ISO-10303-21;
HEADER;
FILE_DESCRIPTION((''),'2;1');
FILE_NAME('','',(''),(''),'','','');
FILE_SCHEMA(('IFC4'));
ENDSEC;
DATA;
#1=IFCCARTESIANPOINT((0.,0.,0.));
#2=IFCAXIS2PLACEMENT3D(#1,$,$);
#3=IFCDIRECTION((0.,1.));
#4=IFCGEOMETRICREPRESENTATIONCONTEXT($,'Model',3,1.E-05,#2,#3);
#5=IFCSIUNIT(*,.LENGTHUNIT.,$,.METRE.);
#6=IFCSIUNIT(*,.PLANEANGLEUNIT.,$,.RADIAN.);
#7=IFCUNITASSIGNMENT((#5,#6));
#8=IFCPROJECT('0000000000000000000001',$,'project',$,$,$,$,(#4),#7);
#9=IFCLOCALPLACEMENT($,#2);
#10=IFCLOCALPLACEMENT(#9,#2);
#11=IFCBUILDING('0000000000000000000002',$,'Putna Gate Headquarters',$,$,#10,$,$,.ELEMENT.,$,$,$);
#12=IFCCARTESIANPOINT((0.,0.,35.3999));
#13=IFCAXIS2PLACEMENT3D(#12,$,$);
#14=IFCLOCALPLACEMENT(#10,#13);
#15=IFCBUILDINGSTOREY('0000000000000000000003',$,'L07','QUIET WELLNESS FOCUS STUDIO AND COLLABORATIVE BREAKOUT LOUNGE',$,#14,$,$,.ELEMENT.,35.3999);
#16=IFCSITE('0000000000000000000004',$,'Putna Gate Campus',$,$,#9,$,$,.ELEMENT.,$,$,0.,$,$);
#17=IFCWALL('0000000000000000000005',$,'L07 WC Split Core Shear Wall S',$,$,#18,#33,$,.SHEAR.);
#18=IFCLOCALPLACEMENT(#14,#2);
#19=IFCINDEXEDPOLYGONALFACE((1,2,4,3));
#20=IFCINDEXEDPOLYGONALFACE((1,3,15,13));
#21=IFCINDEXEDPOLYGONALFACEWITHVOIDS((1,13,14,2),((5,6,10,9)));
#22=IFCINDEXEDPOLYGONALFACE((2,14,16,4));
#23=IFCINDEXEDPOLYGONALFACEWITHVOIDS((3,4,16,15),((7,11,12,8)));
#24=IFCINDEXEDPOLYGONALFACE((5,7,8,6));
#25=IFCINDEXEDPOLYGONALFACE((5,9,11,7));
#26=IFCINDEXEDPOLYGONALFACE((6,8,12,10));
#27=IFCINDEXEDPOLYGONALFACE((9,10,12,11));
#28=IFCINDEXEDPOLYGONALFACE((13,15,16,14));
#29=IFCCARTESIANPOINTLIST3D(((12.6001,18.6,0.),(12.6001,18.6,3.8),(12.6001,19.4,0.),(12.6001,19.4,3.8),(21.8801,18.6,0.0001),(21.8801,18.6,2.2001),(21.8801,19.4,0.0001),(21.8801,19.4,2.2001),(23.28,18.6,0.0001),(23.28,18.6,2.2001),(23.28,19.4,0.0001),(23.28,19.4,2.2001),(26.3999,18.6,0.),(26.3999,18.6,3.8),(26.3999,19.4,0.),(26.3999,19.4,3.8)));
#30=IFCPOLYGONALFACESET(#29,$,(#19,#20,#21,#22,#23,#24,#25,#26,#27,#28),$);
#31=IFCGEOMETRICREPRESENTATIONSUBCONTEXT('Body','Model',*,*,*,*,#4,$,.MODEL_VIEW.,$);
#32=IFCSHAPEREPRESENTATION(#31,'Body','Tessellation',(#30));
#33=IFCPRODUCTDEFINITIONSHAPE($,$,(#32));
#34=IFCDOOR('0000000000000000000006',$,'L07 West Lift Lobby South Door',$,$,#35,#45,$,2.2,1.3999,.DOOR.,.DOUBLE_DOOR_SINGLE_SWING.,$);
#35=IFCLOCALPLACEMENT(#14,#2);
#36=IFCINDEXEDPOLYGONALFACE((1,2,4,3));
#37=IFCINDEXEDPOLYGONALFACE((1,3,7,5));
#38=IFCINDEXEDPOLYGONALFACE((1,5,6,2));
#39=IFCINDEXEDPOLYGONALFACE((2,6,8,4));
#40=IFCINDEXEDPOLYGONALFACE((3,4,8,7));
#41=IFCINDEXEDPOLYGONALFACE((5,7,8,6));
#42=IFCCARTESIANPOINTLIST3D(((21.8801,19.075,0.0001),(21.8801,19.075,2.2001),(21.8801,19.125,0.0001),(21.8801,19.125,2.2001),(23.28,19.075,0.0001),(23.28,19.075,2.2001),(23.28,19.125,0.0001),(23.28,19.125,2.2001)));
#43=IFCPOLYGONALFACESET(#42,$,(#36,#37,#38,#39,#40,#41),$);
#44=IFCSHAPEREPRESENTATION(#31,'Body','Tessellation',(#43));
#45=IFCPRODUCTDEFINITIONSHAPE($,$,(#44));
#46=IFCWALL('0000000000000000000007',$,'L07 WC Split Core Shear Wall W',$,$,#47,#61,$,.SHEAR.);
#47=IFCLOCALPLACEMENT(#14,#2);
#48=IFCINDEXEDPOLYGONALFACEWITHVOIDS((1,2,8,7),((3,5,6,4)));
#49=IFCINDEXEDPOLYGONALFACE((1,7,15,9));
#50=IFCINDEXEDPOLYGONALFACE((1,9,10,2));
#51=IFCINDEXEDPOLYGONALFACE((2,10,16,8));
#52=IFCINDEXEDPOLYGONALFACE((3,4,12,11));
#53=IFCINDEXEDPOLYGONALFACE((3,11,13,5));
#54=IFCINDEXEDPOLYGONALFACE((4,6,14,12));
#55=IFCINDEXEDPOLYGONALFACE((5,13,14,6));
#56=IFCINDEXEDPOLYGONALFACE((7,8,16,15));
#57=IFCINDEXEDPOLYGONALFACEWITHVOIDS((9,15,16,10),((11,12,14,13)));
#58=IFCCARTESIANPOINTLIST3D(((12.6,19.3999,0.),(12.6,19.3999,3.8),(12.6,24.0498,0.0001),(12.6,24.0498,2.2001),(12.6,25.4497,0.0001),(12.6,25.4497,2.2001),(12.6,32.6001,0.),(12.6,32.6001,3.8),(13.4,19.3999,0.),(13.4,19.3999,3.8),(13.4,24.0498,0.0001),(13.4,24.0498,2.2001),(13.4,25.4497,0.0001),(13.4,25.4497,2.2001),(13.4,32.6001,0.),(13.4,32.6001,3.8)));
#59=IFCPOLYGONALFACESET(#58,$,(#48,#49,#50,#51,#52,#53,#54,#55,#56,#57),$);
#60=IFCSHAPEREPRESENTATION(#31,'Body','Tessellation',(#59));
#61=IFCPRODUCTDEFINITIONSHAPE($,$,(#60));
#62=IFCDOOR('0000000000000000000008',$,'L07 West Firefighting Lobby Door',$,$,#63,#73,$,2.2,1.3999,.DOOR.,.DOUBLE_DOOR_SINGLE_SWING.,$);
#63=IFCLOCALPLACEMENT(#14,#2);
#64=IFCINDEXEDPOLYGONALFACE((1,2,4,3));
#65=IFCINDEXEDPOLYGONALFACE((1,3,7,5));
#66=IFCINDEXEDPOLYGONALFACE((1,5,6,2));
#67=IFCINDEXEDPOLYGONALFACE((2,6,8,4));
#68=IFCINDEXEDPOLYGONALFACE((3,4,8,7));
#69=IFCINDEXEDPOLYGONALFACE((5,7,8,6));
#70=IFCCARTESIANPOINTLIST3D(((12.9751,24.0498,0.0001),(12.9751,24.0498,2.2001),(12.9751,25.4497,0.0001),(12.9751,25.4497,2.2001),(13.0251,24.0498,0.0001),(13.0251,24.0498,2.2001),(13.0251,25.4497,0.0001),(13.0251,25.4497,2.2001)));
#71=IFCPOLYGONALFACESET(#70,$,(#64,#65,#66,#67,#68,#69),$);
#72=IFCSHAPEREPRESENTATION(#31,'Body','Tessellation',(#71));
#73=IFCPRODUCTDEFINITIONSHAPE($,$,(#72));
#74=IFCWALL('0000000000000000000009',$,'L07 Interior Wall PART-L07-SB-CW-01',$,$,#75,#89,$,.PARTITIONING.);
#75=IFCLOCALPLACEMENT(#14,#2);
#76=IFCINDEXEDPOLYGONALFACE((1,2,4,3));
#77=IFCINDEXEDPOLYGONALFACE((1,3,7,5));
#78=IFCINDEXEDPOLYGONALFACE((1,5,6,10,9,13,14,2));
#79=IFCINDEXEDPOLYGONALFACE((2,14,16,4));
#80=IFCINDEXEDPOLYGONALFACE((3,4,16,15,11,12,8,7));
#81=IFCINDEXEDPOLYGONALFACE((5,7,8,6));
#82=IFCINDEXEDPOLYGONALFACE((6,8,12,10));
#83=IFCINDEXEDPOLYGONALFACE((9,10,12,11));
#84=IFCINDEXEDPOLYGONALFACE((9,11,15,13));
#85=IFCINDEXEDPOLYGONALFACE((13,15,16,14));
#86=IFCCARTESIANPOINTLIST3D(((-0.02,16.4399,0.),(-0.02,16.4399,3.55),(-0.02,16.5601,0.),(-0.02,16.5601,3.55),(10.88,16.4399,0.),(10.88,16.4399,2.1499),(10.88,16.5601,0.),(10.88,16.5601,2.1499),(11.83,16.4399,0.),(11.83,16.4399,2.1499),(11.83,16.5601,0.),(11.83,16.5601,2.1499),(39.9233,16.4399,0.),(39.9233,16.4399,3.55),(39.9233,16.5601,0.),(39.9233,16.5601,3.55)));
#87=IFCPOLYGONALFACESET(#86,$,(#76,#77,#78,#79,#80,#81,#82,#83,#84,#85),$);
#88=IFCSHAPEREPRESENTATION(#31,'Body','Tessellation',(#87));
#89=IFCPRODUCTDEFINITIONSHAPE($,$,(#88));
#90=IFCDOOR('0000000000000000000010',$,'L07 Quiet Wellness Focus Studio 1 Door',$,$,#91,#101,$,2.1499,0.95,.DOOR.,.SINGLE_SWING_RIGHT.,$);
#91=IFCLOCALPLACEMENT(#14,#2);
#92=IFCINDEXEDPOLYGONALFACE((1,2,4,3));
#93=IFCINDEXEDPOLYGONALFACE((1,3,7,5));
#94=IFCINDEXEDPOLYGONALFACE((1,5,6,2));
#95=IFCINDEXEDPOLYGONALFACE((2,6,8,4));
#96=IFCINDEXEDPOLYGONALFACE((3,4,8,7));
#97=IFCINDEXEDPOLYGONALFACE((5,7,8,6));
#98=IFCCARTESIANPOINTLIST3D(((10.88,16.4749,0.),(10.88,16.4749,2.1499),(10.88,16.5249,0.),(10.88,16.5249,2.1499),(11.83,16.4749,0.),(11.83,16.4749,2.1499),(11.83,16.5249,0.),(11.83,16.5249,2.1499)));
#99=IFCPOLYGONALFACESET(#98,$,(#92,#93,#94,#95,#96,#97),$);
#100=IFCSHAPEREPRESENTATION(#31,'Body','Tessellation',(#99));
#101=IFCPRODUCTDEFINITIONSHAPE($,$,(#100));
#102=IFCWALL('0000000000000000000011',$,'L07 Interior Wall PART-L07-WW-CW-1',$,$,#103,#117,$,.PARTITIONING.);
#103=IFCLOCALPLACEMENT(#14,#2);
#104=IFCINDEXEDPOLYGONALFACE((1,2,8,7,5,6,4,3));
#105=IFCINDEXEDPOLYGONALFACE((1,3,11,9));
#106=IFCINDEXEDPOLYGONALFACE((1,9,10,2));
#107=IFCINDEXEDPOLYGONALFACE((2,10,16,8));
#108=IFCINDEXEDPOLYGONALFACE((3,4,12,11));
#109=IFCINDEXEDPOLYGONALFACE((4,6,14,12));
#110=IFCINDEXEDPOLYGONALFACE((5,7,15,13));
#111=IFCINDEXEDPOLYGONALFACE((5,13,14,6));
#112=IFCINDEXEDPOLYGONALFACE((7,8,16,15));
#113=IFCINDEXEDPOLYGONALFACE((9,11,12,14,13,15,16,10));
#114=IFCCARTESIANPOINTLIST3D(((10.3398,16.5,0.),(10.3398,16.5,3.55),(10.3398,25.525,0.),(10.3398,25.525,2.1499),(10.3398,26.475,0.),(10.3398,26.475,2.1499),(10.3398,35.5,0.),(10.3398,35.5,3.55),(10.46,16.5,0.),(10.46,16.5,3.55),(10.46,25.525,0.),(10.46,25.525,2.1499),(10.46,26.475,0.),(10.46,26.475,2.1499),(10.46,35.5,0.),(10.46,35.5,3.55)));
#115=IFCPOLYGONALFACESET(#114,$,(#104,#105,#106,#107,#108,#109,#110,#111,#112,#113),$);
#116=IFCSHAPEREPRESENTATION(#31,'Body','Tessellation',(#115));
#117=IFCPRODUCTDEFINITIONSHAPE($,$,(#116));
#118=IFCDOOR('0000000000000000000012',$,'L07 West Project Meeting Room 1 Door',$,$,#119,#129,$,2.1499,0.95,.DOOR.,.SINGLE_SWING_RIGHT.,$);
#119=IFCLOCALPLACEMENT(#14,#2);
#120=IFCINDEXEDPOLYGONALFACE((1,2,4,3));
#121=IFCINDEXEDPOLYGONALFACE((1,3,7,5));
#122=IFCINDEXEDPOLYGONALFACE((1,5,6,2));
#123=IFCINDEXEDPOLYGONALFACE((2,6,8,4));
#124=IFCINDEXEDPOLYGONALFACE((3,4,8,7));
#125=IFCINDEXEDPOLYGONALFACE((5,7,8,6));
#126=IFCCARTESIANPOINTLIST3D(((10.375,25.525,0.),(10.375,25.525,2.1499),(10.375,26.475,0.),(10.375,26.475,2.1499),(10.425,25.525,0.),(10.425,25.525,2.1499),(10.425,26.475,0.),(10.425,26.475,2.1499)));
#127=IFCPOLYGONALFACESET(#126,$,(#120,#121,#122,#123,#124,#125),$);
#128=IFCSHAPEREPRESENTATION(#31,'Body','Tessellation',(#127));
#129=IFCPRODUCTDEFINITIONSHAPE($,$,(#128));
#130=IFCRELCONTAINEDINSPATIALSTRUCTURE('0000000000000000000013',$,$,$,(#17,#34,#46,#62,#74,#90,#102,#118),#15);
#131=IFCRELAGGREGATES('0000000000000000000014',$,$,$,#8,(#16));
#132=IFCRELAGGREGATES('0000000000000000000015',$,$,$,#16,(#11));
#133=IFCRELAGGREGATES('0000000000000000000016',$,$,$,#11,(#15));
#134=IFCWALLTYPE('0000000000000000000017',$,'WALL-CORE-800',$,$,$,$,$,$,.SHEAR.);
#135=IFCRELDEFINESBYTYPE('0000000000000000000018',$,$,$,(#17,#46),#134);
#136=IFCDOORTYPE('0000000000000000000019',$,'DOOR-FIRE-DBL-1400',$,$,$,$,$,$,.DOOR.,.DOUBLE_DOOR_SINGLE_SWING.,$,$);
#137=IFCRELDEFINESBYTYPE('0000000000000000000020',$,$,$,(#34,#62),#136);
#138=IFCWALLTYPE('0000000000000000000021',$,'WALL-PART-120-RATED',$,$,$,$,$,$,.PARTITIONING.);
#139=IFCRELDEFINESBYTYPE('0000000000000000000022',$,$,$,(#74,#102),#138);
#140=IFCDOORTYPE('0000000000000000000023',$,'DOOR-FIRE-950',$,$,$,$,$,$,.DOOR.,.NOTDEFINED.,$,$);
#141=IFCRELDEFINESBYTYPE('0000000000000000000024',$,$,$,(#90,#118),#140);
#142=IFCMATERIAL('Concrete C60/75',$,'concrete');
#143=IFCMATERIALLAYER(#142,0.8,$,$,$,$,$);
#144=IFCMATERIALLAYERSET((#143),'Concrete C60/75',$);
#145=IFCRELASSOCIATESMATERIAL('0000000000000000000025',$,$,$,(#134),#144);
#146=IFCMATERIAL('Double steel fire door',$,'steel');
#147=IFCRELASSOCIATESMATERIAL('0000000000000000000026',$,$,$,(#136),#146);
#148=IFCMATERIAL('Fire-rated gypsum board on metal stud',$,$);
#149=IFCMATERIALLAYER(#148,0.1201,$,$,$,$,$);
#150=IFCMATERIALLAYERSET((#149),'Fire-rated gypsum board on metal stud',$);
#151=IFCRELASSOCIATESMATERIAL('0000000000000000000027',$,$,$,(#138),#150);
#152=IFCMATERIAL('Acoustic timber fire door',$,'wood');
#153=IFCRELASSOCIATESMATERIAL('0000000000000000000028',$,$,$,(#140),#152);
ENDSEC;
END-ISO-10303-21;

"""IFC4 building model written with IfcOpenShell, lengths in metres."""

from ifc_helpers import new_model, si_unit, direction, frame, frame_2d, origin, place, context, subcontext, project, spatial, rectangle, extrude, material, layer, layer_set, type_object, element, fill, save


model = new_model("IFC4")

# Units and contexts
model_context = context("Model", 3, precision=1e-05, world=origin(), true_north=direction((0.0, 1.0)))
body_context = subcontext(model_context, "Body", "Model", "MODEL_VIEW")
ifc_project = project(units=[si_unit("LENGTHUNIT", "METRE"), si_unit("PLANEANGLEUNIT", "RADIAN")], contexts=[model_context])

# Site, building, storey
site_placement = place(None, origin())
site = spatial("IfcSite", under=ifc_project, at=site_placement, Name="Putna Gate Campus", CompositionType="ELEMENT", RefElevation=0.0)
building_placement = place(site_placement, origin())
building = spatial("IfcBuilding", under=site, at=building_placement, Name="Putna Gate Headquarters", CompositionType="ELEMENT")
storey_placement = place(building_placement, frame((0.0, 0.0, 35.3999)))
storey = spatial("IfcBuildingStorey", under=building, at=storey_placement, Name="L07", Description="QUIET WELLNESS FOCUS STUDIO AND COLLABORATIVE BREAKOUT LOUNGE", CompositionType="ELEMENT", Elevation=35.3999)

# Shared definitions
ifc_material_1 = material(Name="Concrete C60/75", Category="concrete")

# Walls, openings, doors
ifc_layer_1 = layer(ifc_material_1, 0.8)
ifc_layer_set_1 = layer_set([ifc_layer_1], Name="Concrete C60/75")
wall_type_1 = type_object("IfcWallType", Name="WALL-CORE-800", PredefinedType="SHEAR", material=ifc_layer_set_1)
wall_1_placement = place(storey_placement, frame((12.6001, 19.0, 0.0), z_axis=(0.0, 0.0, 1.0), x_axis=(1.0, 0.0, 0.0)))
wall_1 = element("IfcWall", 1, at=wall_1_placement, inside=storey, type_object=wall_type_1, Name="L07 WC Split Core Shear Wall S", PredefinedType="SHEAR", context=body_context, shape_type="SweptSolid", body=[
    extrude(rectangle(XDim=13.7998, YDim=0.8, at=frame_2d((6.8999, 0.0))), origin(), (0.0, 0.0, 1.0), 3.8),
])
opening_1_placement = place(wall_1_placement, frame((9.28, 0.0, 0.0)))
opening_1 = element("IfcOpeningElement", 2, at=opening_1_placement, cuts=wall_1, PredefinedType="OPENING", context=body_context, shape_type="SweptSolid", body=[
    extrude(rectangle(XDim=1.3999, YDim=2.2, at=frame_2d((0.7, 1.1001))), frame((0.0, 0.4099, 0.0), z_axis=(0.0, -1.0, 0.0), x_axis=(1.0, 0.0, 0.0)), (0.0, 0.0, 1.0), 0.8201),
])
ifc_material_2 = material(Name="Double steel fire door", Category="steel")
door_type_1 = type_object("IfcDoorType", Name="DOOR-FIRE-DBL-1400", OperationType="DOUBLE_DOOR_SINGLE_SWING", PredefinedType="DOOR", material=ifc_material_2)
door_1_placement = place(opening_1_placement, origin())
door_1 = element("IfcDoor", 3, at=door_1_placement, inside=storey, type_object=door_type_1, Name="L07 West Lift Lobby South Door", OperationType="DOUBLE_DOOR_SINGLE_SWING", OverallHeight=2.2, OverallWidth=1.3999, PredefinedType="DOOR", context=body_context, shape_type="SweptSolid", body=[
    extrude(rectangle(XDim=1.3999, YDim=2.2, at=frame_2d((0.7, 1.1001))), frame((0.0, 0.125, 0.0), z_axis=(0.0, -1.0, 0.0), x_axis=(1.0, 0.0, 0.0)), (0.0, 0.0, 1.0), 0.05),
])
fill(opening_1, door_1)
wall_2_placement = place(storey_placement, frame((13.0, 19.3999, 0.0), z_axis=(0.0, 0.0, 1.0), x_axis=(0.0, 1.0, 0.0)))
wall_2 = element("IfcWall", 4, at=wall_2_placement, inside=storey, type_object=wall_type_1, Name="L07 WC Split Core Shear Wall W", PredefinedType="SHEAR", context=body_context, shape_type="SweptSolid", body=[
    extrude(rectangle(XDim=13.2002, YDim=0.8, at=frame_2d((6.6001, 0.0))), origin(), (0.0, 0.0, 1.0), 3.8),
])
opening_2_placement = place(wall_2_placement, frame((4.6499, 0.0, 0.0)))
opening_2 = element("IfcOpeningElement", 5, at=opening_2_placement, cuts=wall_2, PredefinedType="OPENING", context=body_context, shape_type="SweptSolid", body=[
    extrude(rectangle(XDim=1.3999, YDim=2.2, at=frame_2d((0.7, 1.1001))), frame((0.0, 0.4099, 0.0), z_axis=(0.0, -1.0, 0.0), x_axis=(1.0, 0.0, 0.0)), (0.0, 0.0, 1.0), 0.8201),
])
door_2_placement = place(opening_2_placement, origin())
door_2 = element("IfcDoor", 6, at=door_2_placement, inside=storey, type_object=door_type_1, Name="L07 West Firefighting Lobby Door", OperationType="DOUBLE_DOOR_SINGLE_SWING", OverallHeight=2.2, OverallWidth=1.3999, PredefinedType="DOOR", context=body_context, shape_type="SweptSolid", body=[
    extrude(rectangle(XDim=1.3999, YDim=2.2, at=frame_2d((0.7, 1.1001))), frame((0.0, 0.0249, 0.0), z_axis=(0.0, -1.0, 0.0), x_axis=(1.0, 0.0, 0.0)), (0.0, 0.0, 1.0), 0.05),
])
fill(opening_2, door_2)
ifc_material_3 = material(Name="Fire-rated gypsum board on metal stud")
ifc_layer_2 = layer(ifc_material_3, 0.1201)
ifc_layer_set_2 = layer_set([ifc_layer_2], Name="Fire-rated gypsum board on metal stud")
wall_type_2 = type_object("IfcWallType", Name="WALL-PART-120-RATED", PredefinedType="PARTITIONING", material=ifc_layer_set_2)
wall_3_placement = place(storey_placement, frame((-0.02, 16.5, 0.0), z_axis=(0.0, 0.0, 1.0), x_axis=(1.0, 0.0, 0.0)))
wall_3 = element("IfcWall", 7, at=wall_3_placement, inside=storey, type_object=wall_type_2, Name="L07 Interior Wall PART-L07-SB-CW-01", PredefinedType="PARTITIONING", context=body_context, shape_type="SweptSolid", body=[
    extrude(rectangle(XDim=39.9434, YDim=0.1201, at=frame_2d((19.9717, 0.0))), origin(), (0.0, 0.0, 1.0), 3.55),
])
opening_3_placement = place(wall_3_placement, frame((10.8999, 0.0, 0.0)))
opening_3 = element("IfcOpeningElement", 8, at=opening_3_placement, cuts=wall_3, PredefinedType="OPENING", context=body_context, shape_type="SweptSolid", body=[
    extrude(rectangle(XDim=0.95, YDim=2.1499, at=frame_2d((0.4751, 1.075))), frame((0.0, 0.0701, 0.0), z_axis=(0.0, -1.0, 0.0), x_axis=(1.0, 0.0, 0.0)), (0.0, 0.0, 1.0), 0.1401),
])
ifc_material_4 = material(Name="Acoustic timber fire door", Category="wood")
door_type_2 = type_object("IfcDoorType", Name="DOOR-FIRE-950", OperationType="NOTDEFINED", PredefinedType="DOOR", material=ifc_material_4)
door_3_placement = place(opening_3_placement, origin())
door_3 = element("IfcDoor", 9, at=door_3_placement, inside=storey, type_object=door_type_2, Name="L07 Quiet Wellness Focus Studio 1 Door", OperationType="SINGLE_SWING_RIGHT", OverallHeight=2.1499, OverallWidth=0.95, PredefinedType="DOOR", context=body_context, shape_type="SweptSolid", body=[
    extrude(rectangle(XDim=0.95, YDim=2.1499, at=frame_2d((0.4751, 1.075))), frame((0.0, 0.0249, 0.0), z_axis=(0.0, -1.0, 0.0), x_axis=(1.0, 0.0, 0.0)), (0.0, 0.0, 1.0), 0.05),
])
fill(opening_3, door_3)
wall_4_placement = place(storey_placement, frame((10.3999, 16.5, 0.0), z_axis=(0.0, 0.0, 1.0), x_axis=(0.0, 1.0, 0.0)))
wall_4 = element("IfcWall", 10, at=wall_4_placement, inside=storey, type_object=wall_type_2, Name="L07 Interior Wall PART-L07-WW-CW-1", PredefinedType="PARTITIONING", context=body_context, shape_type="SweptSolid", body=[
    extrude(rectangle(XDim=19.0, YDim=0.1201, at=frame_2d((9.5, 0.0))), origin(), (0.0, 0.0, 1.0), 3.55),
])
opening_4_placement = place(wall_4_placement, frame((9.0249, 0.0, 0.0)))
opening_4 = element("IfcOpeningElement", 11, at=opening_4_placement, cuts=wall_4, PredefinedType="OPENING", context=body_context, shape_type="SweptSolid", body=[
    extrude(rectangle(XDim=0.95, YDim=2.1499, at=frame_2d((0.4751, 1.075))), frame((0.0, 0.0701, 0.0), z_axis=(0.0, -1.0, 0.0), x_axis=(1.0, 0.0, 0.0)), (0.0, 0.0, 1.0), 0.1401),
])
door_4_placement = place(opening_4_placement, origin())
door_4 = element("IfcDoor", 12, at=door_4_placement, inside=storey, type_object=door_type_2, Name="L07 West Project Meeting Room 1 Door", OperationType="SINGLE_SWING_RIGHT", OverallHeight=2.1499, OverallWidth=0.95, PredefinedType="DOOR", context=body_context, shape_type="SweptSolid", body=[
    extrude(rectangle(XDim=0.95, YDim=2.1499, at=frame_2d((0.4751, 1.075))), frame((0.0, 0.0249, 0.0), z_axis=(0.0, -1.0, 0.0), x_axis=(1.0, 0.0, 0.0)), (0.0, 0.0, 1.0), 0.05),
])
fill(opening_4, door_4)

save(model, "model.ifc")
